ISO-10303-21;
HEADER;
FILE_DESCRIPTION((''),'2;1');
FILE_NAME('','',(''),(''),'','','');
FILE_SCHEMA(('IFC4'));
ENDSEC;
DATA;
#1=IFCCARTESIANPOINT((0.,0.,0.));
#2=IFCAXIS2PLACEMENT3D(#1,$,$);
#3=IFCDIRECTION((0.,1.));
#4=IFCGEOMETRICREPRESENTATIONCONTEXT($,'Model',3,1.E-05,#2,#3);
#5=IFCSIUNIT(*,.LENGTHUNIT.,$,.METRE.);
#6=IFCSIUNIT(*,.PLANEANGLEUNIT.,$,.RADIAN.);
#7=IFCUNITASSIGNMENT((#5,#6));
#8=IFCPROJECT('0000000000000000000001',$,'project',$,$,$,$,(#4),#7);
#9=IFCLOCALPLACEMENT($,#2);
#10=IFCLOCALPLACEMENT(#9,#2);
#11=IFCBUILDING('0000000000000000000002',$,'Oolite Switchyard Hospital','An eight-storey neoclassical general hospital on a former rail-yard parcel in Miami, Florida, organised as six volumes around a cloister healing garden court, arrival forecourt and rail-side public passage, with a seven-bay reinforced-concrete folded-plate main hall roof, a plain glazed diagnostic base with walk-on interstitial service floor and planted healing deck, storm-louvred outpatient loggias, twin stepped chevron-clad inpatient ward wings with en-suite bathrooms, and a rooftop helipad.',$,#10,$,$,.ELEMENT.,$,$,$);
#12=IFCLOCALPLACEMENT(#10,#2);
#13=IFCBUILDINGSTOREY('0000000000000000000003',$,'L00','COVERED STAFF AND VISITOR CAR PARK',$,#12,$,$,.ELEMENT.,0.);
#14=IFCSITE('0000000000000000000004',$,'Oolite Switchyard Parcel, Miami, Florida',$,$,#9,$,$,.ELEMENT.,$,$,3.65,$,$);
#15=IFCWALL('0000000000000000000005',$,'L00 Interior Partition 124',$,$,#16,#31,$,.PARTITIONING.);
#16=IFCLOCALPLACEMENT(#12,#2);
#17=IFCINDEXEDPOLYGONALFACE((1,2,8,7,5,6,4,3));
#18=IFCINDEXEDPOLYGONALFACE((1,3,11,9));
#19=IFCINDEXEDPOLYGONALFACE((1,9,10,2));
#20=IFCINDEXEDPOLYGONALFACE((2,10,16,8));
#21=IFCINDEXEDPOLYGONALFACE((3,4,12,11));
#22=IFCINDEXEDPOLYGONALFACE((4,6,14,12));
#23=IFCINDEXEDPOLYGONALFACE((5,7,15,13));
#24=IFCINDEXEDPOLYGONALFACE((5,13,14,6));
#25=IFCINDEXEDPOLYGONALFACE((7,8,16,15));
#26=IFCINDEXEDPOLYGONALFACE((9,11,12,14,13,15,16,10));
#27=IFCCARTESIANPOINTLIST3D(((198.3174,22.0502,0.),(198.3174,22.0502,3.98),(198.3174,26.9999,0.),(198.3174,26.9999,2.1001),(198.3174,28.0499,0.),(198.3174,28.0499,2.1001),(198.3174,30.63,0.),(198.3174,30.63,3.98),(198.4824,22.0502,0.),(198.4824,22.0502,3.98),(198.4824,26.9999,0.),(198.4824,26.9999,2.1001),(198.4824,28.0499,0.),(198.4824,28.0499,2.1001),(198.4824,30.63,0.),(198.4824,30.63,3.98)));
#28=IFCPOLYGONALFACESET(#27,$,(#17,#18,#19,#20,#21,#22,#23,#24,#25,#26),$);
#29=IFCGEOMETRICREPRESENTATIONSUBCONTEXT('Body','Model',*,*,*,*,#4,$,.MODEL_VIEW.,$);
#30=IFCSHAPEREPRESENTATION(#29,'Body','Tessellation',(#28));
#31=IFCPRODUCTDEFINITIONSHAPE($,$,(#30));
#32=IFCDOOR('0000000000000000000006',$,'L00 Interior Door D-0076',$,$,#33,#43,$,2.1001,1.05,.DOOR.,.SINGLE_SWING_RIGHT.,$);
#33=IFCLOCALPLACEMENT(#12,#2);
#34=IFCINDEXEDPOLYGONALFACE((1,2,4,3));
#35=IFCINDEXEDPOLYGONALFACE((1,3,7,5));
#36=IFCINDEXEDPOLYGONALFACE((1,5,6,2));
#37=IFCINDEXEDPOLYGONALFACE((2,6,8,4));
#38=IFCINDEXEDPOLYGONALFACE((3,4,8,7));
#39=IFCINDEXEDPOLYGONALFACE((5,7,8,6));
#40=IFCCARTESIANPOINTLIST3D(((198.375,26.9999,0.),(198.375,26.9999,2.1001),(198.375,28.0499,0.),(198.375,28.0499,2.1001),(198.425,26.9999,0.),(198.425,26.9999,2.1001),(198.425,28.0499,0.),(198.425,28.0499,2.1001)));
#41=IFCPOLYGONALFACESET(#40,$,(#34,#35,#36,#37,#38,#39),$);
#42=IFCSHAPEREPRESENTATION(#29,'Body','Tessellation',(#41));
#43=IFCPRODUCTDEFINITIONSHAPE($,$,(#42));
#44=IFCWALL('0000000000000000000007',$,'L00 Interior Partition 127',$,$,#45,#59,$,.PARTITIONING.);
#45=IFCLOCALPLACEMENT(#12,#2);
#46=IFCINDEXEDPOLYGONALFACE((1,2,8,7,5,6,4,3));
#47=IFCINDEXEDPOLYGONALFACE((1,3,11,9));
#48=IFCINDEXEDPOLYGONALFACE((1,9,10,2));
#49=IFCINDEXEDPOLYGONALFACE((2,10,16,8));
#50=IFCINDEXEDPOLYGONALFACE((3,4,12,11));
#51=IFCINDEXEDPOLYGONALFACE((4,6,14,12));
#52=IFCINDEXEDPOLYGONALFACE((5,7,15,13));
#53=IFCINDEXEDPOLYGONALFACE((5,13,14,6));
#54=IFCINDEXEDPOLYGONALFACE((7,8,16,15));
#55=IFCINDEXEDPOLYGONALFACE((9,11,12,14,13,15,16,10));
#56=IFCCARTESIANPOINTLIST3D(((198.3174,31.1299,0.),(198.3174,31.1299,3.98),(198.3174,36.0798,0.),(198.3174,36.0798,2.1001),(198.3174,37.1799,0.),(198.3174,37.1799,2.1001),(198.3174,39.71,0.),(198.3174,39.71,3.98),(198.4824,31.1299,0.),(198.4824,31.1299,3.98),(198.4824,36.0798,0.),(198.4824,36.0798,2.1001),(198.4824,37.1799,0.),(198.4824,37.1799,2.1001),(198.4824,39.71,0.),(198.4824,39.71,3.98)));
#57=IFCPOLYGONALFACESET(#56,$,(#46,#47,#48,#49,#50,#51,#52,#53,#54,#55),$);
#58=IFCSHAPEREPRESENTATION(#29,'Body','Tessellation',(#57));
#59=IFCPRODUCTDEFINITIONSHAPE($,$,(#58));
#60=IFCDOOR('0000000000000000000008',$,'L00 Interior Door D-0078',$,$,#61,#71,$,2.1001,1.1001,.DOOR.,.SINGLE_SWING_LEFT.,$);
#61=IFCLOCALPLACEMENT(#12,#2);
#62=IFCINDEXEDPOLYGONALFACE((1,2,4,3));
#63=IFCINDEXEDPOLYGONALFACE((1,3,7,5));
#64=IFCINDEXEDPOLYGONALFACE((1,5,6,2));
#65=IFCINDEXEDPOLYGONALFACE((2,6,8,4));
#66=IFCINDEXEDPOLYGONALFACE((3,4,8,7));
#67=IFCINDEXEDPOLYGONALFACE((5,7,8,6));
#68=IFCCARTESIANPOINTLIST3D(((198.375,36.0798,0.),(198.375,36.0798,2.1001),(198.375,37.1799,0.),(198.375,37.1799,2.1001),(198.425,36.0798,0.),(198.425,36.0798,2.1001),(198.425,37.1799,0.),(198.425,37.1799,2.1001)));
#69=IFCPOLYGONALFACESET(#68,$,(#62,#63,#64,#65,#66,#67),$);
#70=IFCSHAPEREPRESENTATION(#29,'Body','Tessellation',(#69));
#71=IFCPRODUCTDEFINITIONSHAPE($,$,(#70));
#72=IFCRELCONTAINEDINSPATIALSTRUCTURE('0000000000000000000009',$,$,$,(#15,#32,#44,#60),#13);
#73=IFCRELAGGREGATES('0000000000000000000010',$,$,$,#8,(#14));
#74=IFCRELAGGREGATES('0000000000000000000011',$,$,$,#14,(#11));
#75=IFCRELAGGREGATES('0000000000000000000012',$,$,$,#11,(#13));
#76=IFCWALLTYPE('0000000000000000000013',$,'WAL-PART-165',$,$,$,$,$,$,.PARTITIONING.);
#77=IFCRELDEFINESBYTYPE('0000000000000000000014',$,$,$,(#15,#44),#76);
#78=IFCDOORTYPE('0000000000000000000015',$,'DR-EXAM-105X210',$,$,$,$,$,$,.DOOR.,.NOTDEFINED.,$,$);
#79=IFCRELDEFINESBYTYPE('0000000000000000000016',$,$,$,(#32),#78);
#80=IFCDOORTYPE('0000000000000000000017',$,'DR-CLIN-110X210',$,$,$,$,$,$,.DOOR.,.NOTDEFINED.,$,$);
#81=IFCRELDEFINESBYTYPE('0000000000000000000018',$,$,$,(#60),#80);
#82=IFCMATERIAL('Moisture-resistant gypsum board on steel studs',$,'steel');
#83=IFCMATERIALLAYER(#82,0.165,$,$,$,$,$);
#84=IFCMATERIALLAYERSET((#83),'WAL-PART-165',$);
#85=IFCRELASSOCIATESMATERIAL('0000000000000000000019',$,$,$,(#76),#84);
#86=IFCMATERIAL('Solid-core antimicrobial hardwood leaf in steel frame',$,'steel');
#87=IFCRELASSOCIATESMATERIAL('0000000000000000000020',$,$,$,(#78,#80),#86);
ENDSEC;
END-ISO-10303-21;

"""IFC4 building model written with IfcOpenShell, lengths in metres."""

from ifc_helpers import new_model, si_unit, direction, frame, frame_2d, origin, place, context, subcontext, project, spatial, rectangle, extrude, material, layer, layer_set, type_object, element, fill, save


model = new_model("IFC4")

# Units and contexts
model_context = context("Model", 3, precision=1e-05, world=origin(), true_north=direction((0.0, 1.0)))
body_context = subcontext(model_context, "Body", "Model", "MODEL_VIEW")
ifc_project = project(units=[si_unit("LENGTHUNIT", "METRE"), si_unit("PLANEANGLEUNIT", "RADIAN")], contexts=[model_context])

# Site, building, storey
site_placement = place(None, origin())
site = spatial("IfcSite", under=ifc_project, at=site_placement, Name="Oolite Switchyard Parcel, Miami, Florida", CompositionType="ELEMENT", RefElevation=3.65)
building_placement = place(site_placement, origin())
building = spatial("IfcBuilding", under=site, at=building_placement, Name="Oolite Switchyard Hospital", Description="An eight-storey neoclassical general hospital on a former rail-yard parcel in Miami, Florida, organised as six volumes around a cloister healing garden court, arrival forecourt and rail-side public passage, with a seven-bay reinforced-concrete folded-plate main hall roof, a plain glazed diagnostic base with walk-on interstitial service floor and planted healing deck, storm-louvred outpatient loggias, twin stepped chevron-clad inpatient ward wings with en-suite bathrooms, and a rooftop helipad.", CompositionType="ELEMENT")
storey_placement = place(building_placement, origin())
storey = spatial("IfcBuildingStorey", under=building, at=storey_placement, Name="L00", Description="COVERED STAFF AND VISITOR CAR PARK", CompositionType="ELEMENT", Elevation=0.0)

# Shared definitions
ifc_material_1 = material(Name="Moisture-resistant gypsum board on steel studs", Category="steel")

# Walls, openings, doors
ifc_layer_1 = layer(ifc_material_1, 0.165)
ifc_layer_set_1 = layer_set([ifc_layer_1], Name="WAL-PART-165")
wall_type_1 = type_object("IfcWallType", Name="WAL-PART-165", PredefinedType="PARTITIONING", material=ifc_layer_set_1)
wall_1_placement = place(storey_placement, frame((198.3999, 22.05, 0.0), z_axis=(0.0, 0.0, 1.0), x_axis=(0.0, 1.0, 0.0)))
wall_1 = element("IfcWall", 1, at=wall_1_placement, inside=storey, type_object=wall_type_1, Name="L00 Interior Partition 124", PredefinedType="PARTITIONING", context=body_context, shape_type="SweptSolid", body=[
    extrude(rectangle(XDim=8.5798, YDim=0.165, at=frame_2d((4.29, 0.0))), origin(), (0.0, 0.0, 1.0), 3.98),
])
opening_1_placement = place(wall_1_placement, frame((4.95, 0.0, 0.0)))
opening_1 = element("IfcOpeningElement", 2, at=opening_1_placement, cuts=wall_1, PredefinedType="OPENING", context=body_context, shape_type="SweptSolid", body=[
    extrude(rectangle(XDim=1.05, YDim=2.1001, at=frame_2d((0.5249, 1.05))), frame((0.0, 0.0925, 0.0), z_axis=(0.0, -1.0, 0.0), x_axis=(1.0, 0.0, 0.0)), (0.0, 0.0, 1.0), 0.1851),
])
ifc_material_2 = material(Name="Solid-core antimicrobial hardwood leaf in steel frame", Category="steel")
door_type_1 = type_object("IfcDoorType", Name="DR-EXAM-105X210", OperationType="NOTDEFINED", PredefinedType="DOOR", material=ifc_material_2)
door_1_placement = place(opening_1_placement, origin())
door_1 = element("IfcDoor", 3, at=door_1_placement, inside=storey, type_object=door_type_1, Name="L00 Interior Door D-0076", OperationType="SINGLE_SWING_RIGHT", OverallHeight=2.1001, OverallWidth=1.05, PredefinedType="DOOR", context=body_context, shape_type="SweptSolid", body=[
    extrude(rectangle(XDim=1.05, YDim=2.1001, at=frame_2d((0.5249, 1.05))), frame((0.0, 0.0249, 0.0), z_axis=(0.0, -1.0, 0.0), x_axis=(1.0, 0.0, 0.0)), (0.0, 0.0, 1.0), 0.05),
])
fill(opening_1, door_1)
wall_2_placement = place(storey_placement, frame((198.3999, 31.1299, 0.0), z_axis=(0.0, 0.0, 1.0), x_axis=(0.0, 1.0, 0.0)))
wall_2 = element("IfcWall", 4, at=wall_2_placement, inside=storey, type_object=wall_type_1, Name="L00 Interior Partition 127", PredefinedType="PARTITIONING", context=body_context, shape_type="SweptSolid", body=[
    extrude(rectangle(XDim=8.5801, YDim=0.165, at=frame_2d((4.29, 0.0))), origin(), (0.0, 0.0, 1.0), 3.98),
])
opening_2_placement = place(wall_2_placement, frame((4.95, 0.0, 0.0)))
opening_2 = element("IfcOpeningElement", 5, at=opening_2_placement, cuts=wall_2, PredefinedType="OPENING", context=body_context, shape_type="SweptSolid", body=[
    extrude(rectangle(XDim=1.1001, YDim=2.1001, at=frame_2d((0.55, 1.05))), frame((0.0, 0.0925, 0.0), z_axis=(0.0, -1.0, 0.0), x_axis=(1.0, 0.0, 0.0)), (0.0, 0.0, 1.0), 0.1851),
])
door_type_2 = type_object("IfcDoorType", Name="DR-CLIN-110X210", OperationType="NOTDEFINED", PredefinedType="DOOR", material=ifc_material_2)
door_2_placement = place(opening_2_placement, origin())
door_2 = element("IfcDoor", 6, at=door_2_placement, inside=storey, type_object=door_type_2, Name="L00 Interior Door D-0078", OperationType="SINGLE_SWING_LEFT", OverallHeight=2.1001, OverallWidth=1.1001, PredefinedType="DOOR", context=body_context, shape_type="SweptSolid", body=[
    extrude(rectangle(XDim=1.1001, YDim=2.1001, at=frame_2d((0.55, 1.05))), frame((0.0, 0.0249, 0.0), z_axis=(0.0, -1.0, 0.0), x_axis=(1.0, 0.0, 0.0)), (0.0, 0.0, 1.0), 0.05),
])
fill(opening_2, door_2)

save(model, "model.ifc")
